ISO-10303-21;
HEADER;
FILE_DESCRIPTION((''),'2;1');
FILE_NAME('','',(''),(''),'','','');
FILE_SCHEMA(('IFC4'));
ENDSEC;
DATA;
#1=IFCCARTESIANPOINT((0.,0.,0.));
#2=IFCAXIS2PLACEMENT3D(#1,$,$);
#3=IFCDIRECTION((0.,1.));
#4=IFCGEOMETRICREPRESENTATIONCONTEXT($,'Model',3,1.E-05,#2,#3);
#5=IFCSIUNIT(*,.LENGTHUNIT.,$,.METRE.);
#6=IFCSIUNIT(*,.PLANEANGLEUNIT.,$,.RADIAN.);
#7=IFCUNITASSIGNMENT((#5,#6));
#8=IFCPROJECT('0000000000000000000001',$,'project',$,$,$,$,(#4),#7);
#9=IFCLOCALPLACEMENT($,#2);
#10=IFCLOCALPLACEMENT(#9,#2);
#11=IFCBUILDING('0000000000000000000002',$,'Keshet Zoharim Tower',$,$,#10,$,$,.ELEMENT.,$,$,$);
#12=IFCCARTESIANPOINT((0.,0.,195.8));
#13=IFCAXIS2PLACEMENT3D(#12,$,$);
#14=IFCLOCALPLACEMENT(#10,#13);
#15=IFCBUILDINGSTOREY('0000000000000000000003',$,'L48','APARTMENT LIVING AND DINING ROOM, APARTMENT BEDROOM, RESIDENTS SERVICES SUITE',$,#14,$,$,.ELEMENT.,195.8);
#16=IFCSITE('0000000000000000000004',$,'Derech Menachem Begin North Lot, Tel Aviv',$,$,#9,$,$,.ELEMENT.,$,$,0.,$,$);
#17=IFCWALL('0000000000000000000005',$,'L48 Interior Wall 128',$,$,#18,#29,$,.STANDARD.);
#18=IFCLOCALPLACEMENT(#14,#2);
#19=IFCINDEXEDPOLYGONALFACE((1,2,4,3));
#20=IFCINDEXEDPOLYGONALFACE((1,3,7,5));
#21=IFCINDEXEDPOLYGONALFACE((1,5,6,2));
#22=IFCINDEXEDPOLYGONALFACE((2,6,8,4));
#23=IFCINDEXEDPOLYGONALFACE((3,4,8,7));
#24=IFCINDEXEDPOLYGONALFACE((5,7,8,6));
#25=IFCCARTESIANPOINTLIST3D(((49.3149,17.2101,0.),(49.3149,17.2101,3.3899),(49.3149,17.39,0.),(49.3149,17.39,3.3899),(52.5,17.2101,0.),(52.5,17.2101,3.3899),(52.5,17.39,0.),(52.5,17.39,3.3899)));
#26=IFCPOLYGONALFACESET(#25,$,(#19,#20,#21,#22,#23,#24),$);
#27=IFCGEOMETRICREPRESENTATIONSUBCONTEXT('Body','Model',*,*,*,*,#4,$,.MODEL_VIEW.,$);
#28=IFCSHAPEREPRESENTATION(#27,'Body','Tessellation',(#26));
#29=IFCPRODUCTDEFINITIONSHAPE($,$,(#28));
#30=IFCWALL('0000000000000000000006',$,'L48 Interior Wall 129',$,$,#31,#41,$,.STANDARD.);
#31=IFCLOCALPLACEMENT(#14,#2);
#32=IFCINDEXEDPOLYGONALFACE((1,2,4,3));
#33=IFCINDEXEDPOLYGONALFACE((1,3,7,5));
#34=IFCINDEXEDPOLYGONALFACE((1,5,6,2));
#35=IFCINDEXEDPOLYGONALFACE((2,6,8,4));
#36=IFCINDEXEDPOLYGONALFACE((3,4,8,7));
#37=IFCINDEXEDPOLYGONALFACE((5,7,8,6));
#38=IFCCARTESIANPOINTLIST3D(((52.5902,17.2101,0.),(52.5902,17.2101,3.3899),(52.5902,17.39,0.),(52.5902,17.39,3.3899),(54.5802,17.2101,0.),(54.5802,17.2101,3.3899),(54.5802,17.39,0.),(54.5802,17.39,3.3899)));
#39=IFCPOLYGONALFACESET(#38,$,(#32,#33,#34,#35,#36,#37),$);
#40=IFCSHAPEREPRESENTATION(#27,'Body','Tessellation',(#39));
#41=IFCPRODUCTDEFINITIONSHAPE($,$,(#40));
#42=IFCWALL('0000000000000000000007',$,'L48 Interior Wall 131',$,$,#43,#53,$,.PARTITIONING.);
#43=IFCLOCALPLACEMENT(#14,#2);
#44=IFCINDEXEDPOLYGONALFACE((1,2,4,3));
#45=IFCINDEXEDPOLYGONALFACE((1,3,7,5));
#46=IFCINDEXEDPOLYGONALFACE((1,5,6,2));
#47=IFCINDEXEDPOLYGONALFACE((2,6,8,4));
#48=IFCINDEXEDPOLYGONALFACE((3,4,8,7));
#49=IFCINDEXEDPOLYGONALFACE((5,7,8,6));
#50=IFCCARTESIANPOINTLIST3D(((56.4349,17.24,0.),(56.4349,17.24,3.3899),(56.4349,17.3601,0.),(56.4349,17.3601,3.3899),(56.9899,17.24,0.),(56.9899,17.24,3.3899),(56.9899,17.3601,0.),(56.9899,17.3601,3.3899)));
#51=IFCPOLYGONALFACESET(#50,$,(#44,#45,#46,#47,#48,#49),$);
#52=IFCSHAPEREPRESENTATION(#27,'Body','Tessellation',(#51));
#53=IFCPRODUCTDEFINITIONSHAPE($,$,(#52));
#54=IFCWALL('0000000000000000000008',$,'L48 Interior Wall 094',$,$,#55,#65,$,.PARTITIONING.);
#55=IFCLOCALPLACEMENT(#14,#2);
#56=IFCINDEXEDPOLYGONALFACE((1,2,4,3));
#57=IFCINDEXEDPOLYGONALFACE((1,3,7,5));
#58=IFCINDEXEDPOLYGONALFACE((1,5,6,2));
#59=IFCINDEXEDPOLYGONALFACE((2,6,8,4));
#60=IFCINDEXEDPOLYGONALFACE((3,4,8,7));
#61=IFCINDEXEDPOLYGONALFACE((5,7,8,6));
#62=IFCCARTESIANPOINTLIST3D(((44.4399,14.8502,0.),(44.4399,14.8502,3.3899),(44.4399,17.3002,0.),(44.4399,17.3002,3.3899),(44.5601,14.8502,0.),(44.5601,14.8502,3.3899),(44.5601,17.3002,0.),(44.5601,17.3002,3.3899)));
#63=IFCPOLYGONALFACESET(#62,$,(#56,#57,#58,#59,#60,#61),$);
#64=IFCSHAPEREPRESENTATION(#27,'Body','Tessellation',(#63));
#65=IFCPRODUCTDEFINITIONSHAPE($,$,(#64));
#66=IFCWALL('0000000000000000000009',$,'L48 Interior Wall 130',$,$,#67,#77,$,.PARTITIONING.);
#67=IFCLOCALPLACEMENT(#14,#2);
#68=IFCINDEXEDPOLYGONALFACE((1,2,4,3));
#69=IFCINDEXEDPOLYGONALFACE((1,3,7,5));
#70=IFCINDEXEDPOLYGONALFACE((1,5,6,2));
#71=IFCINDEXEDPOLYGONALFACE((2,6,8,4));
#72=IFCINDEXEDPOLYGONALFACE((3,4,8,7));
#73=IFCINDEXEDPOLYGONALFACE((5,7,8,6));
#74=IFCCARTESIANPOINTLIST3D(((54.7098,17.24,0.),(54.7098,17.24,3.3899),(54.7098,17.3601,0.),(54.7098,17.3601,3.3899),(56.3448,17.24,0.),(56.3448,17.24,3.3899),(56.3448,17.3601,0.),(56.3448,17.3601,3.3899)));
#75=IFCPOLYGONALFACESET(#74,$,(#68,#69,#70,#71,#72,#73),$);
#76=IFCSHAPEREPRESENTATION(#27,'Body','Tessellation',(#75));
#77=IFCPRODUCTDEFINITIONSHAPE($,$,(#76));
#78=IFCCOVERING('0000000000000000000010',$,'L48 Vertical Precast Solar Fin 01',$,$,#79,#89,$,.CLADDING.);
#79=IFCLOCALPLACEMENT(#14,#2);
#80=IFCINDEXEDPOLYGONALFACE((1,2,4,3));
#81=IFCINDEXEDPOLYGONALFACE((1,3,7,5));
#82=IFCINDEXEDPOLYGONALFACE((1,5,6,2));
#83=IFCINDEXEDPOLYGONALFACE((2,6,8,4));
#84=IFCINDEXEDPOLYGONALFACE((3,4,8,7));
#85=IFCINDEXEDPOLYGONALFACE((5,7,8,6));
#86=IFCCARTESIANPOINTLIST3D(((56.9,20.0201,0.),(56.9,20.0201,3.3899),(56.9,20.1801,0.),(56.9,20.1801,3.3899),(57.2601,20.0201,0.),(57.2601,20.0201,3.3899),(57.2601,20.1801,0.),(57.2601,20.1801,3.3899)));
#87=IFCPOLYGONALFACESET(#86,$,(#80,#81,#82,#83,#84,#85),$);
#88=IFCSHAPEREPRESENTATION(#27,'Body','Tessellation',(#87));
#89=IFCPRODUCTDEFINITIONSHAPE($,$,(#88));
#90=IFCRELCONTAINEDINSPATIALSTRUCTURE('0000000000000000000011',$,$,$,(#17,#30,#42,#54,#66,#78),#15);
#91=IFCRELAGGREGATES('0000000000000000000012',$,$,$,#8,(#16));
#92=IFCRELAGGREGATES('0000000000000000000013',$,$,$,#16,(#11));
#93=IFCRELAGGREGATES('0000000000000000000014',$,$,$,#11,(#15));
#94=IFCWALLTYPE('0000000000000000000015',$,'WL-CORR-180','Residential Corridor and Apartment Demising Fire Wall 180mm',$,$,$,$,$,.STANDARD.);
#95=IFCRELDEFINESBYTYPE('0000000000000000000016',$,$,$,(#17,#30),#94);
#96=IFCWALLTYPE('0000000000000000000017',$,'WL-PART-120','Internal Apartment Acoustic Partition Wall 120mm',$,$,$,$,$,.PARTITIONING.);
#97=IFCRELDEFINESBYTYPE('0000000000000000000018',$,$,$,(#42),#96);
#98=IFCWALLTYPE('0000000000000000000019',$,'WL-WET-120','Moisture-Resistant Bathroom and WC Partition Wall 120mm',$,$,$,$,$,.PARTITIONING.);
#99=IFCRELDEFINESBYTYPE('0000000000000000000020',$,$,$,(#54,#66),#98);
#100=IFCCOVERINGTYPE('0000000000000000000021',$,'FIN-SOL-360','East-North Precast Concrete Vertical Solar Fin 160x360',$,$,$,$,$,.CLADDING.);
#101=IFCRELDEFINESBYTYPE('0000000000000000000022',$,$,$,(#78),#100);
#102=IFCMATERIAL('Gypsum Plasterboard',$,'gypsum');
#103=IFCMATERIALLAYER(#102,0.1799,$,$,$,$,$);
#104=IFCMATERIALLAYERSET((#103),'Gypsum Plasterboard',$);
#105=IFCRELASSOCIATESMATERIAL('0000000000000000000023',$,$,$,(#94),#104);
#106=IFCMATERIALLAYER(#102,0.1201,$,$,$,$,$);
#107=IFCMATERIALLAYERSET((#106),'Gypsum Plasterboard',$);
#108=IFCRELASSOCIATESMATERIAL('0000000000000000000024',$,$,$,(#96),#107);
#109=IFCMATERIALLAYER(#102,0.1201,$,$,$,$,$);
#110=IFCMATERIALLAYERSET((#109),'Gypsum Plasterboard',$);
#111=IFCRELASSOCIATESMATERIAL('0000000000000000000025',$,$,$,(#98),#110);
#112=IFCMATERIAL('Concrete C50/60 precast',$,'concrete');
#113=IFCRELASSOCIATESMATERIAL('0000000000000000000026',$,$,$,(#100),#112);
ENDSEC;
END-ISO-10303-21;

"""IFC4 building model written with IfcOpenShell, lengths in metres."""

from ifc_helpers import new_model, si_unit, direction, frame, frame_2d, origin, origin_2d, place, context, subcontext, project, spatial, rectangle, extrude, material, layer, layer_set, type_object, element, save


model = new_model("IFC4")

# Units and contexts
model_context = context("Model", 3, precision=1e-05, world=origin(), true_north=direction((0.0, 1.0)))
body_context = subcontext(model_context, "Body", "Model", "MODEL_VIEW")
ifc_project = project(units=[si_unit("LENGTHUNIT", "METRE"), si_unit("PLANEANGLEUNIT", "RADIAN")], contexts=[model_context])

# Site, building, storey
site_placement = place(None, origin())
site = spatial("IfcSite", under=ifc_project, at=site_placement, Name="Derech Menachem Begin North Lot, Tel Aviv", CompositionType="ELEMENT", RefElevation=0.0)
building_placement = place(site_placement, origin())
building = spatial("IfcBuilding", under=site, at=building_placement, Name="Keshet Zoharim Tower", CompositionType="ELEMENT")
storey_placement = place(building_placement, frame((0.0, 0.0, 195.8)))
storey = spatial("IfcBuildingStorey", under=building, at=storey_placement, Name="L48", Description="APARTMENT LIVING AND DINING ROOM, APARTMENT BEDROOM, RESIDENTS SERVICES SUITE", CompositionType="ELEMENT", Elevation=195.8)

# Shared definitions
ifc_material_1 = material(Name="Gypsum Plasterboard", Category="gypsum")

# Shared definitions
ifc_layer_1 = layer(ifc_material_1, 0.1799)
ifc_layer_set_1 = layer_set([ifc_layer_1], Name="Gypsum Plasterboard")
wall_type_1 = type_object("IfcWallType", Name="WL-CORR-180", Description="Residential Corridor and Apartment Demising Fire Wall 180mm", PredefinedType="STANDARD", material=ifc_layer_set_1)

# Walls
wall_1_placement = place(storey_placement, frame((49.3149, 17.3, 0.0), z_axis=(0.0, 0.0, 1.0), x_axis=(1.0, 0.0, 0.0)))
element("IfcWall", 1, at=wall_1_placement, inside=storey, type_object=wall_type_1, Name="L48 Interior Wall 128", PredefinedType="STANDARD", context=body_context, shape_type="SweptSolid", body=[
    extrude(rectangle(XDim=3.1851, YDim=0.1799, at=frame_2d((1.5925, 0.0))), origin(), (0.0, 0.0, 1.0), 3.3899),
])
wall_2_placement = place(storey_placement, frame((52.5901, 17.3, 0.0), z_axis=(0.0, 0.0, 1.0), x_axis=(1.0, 0.0, 0.0)))
element("IfcWall", 2, at=wall_2_placement, inside=storey, type_object=wall_type_1, Name="L48 Interior Wall 129", PredefinedType="STANDARD", context=body_context, shape_type="SweptSolid", body=[
    extrude(rectangle(XDim=1.99, YDim=0.1799, at=frame_2d((0.9951, 0.0))), origin(), (0.0, 0.0, 1.0), 3.3899),
])

# Shared definitions
ifc_layer_2 = layer(ifc_material_1, 0.1201)
ifc_layer_set_2 = layer_set([ifc_layer_2], Name="Gypsum Plasterboard")
wall_type_2 = type_object("IfcWallType", Name="WL-PART-120", Description="Internal Apartment Acoustic Partition Wall 120mm", PredefinedType="PARTITIONING", material=ifc_layer_set_2)

# Walls
wall_3_placement = place(storey_placement, frame((56.4351, 17.3, 0.0), z_axis=(0.0, 0.0, 1.0), x_axis=(1.0, 0.0, 0.0)))
element("IfcWall", 3, at=wall_3_placement, inside=storey, type_object=wall_type_2, Name="L48 Interior Wall 131", PredefinedType="PARTITIONING", context=body_context, shape_type="SweptSolid", body=[
    extrude(rectangle(XDim=0.5549, YDim=0.1201, at=frame_2d((0.2773, 0.0))), origin(), (0.0, 0.0, 1.0), 3.3899),
])
ifc_layer_3 = layer(ifc_material_1, 0.1201)
ifc_layer_set_3 = layer_set([ifc_layer_3], Name="Gypsum Plasterboard")
wall_type_3 = type_object("IfcWallType", Name="WL-WET-120", Description="Moisture-Resistant Bathroom and WC Partition Wall 120mm", PredefinedType="PARTITIONING", material=ifc_layer_set_3)
wall_4_placement = place(storey_placement, frame((44.5, 14.8501, 0.0), z_axis=(0.0, 0.0, 1.0), x_axis=(0.0, 1.0, 0.0)))
element("IfcWall", 4, at=wall_4_placement, inside=storey, type_object=wall_type_3, Name="L48 Interior Wall 094", PredefinedType="PARTITIONING", context=body_context, shape_type="SweptSolid", body=[
    extrude(rectangle(XDim=2.45, YDim=0.1201, at=frame_2d((1.2251, 0.0))), origin(), (0.0, 0.0, 1.0), 3.3899),
])
wall_5_placement = place(storey_placement, frame((54.71, 17.3, 0.0), z_axis=(0.0, 0.0, 1.0), x_axis=(1.0, 0.0, 0.0)))
element("IfcWall", 5, at=wall_5_placement, inside=storey, type_object=wall_type_3, Name="L48 Interior Wall 130", PredefinedType="PARTITIONING", context=body_context, shape_type="SweptSolid", body=[
    extrude(rectangle(XDim=1.635, YDim=0.1201, at=frame_2d((0.8174, 0.0))), origin(), (0.0, 0.0, 1.0), 3.3899),
])

# Covering
ifc_material_2 = material(Name="Concrete C50/60 precast", Category="concrete")
covering_type = type_object("IfcCoveringType", Name="FIN-SOL-360", Description="East-North Precast Concrete Vertical Solar Fin 160x360", PredefinedType="CLADDING", material=ifc_material_2)
covering_placement = place(storey_placement, frame((57.0801, 20.1001, 0.0), z_axis=(0.0, 0.0, 1.0), x_axis=(0.0, -1.0, 0.0)))
element("IfcCovering", 6, at=covering_placement, inside=storey, type_object=covering_type, Name="L48 Vertical Precast Solar Fin 01", PredefinedType="CLADDING", context=body_context, shape_type="SweptSolid", body=[
    extrude(rectangle(XDim=0.1599, YDim=0.3601, at=origin_2d()), origin(), (0.0, 0.0, 1.0), 3.3899),
])

save(model, "model.ifc")
